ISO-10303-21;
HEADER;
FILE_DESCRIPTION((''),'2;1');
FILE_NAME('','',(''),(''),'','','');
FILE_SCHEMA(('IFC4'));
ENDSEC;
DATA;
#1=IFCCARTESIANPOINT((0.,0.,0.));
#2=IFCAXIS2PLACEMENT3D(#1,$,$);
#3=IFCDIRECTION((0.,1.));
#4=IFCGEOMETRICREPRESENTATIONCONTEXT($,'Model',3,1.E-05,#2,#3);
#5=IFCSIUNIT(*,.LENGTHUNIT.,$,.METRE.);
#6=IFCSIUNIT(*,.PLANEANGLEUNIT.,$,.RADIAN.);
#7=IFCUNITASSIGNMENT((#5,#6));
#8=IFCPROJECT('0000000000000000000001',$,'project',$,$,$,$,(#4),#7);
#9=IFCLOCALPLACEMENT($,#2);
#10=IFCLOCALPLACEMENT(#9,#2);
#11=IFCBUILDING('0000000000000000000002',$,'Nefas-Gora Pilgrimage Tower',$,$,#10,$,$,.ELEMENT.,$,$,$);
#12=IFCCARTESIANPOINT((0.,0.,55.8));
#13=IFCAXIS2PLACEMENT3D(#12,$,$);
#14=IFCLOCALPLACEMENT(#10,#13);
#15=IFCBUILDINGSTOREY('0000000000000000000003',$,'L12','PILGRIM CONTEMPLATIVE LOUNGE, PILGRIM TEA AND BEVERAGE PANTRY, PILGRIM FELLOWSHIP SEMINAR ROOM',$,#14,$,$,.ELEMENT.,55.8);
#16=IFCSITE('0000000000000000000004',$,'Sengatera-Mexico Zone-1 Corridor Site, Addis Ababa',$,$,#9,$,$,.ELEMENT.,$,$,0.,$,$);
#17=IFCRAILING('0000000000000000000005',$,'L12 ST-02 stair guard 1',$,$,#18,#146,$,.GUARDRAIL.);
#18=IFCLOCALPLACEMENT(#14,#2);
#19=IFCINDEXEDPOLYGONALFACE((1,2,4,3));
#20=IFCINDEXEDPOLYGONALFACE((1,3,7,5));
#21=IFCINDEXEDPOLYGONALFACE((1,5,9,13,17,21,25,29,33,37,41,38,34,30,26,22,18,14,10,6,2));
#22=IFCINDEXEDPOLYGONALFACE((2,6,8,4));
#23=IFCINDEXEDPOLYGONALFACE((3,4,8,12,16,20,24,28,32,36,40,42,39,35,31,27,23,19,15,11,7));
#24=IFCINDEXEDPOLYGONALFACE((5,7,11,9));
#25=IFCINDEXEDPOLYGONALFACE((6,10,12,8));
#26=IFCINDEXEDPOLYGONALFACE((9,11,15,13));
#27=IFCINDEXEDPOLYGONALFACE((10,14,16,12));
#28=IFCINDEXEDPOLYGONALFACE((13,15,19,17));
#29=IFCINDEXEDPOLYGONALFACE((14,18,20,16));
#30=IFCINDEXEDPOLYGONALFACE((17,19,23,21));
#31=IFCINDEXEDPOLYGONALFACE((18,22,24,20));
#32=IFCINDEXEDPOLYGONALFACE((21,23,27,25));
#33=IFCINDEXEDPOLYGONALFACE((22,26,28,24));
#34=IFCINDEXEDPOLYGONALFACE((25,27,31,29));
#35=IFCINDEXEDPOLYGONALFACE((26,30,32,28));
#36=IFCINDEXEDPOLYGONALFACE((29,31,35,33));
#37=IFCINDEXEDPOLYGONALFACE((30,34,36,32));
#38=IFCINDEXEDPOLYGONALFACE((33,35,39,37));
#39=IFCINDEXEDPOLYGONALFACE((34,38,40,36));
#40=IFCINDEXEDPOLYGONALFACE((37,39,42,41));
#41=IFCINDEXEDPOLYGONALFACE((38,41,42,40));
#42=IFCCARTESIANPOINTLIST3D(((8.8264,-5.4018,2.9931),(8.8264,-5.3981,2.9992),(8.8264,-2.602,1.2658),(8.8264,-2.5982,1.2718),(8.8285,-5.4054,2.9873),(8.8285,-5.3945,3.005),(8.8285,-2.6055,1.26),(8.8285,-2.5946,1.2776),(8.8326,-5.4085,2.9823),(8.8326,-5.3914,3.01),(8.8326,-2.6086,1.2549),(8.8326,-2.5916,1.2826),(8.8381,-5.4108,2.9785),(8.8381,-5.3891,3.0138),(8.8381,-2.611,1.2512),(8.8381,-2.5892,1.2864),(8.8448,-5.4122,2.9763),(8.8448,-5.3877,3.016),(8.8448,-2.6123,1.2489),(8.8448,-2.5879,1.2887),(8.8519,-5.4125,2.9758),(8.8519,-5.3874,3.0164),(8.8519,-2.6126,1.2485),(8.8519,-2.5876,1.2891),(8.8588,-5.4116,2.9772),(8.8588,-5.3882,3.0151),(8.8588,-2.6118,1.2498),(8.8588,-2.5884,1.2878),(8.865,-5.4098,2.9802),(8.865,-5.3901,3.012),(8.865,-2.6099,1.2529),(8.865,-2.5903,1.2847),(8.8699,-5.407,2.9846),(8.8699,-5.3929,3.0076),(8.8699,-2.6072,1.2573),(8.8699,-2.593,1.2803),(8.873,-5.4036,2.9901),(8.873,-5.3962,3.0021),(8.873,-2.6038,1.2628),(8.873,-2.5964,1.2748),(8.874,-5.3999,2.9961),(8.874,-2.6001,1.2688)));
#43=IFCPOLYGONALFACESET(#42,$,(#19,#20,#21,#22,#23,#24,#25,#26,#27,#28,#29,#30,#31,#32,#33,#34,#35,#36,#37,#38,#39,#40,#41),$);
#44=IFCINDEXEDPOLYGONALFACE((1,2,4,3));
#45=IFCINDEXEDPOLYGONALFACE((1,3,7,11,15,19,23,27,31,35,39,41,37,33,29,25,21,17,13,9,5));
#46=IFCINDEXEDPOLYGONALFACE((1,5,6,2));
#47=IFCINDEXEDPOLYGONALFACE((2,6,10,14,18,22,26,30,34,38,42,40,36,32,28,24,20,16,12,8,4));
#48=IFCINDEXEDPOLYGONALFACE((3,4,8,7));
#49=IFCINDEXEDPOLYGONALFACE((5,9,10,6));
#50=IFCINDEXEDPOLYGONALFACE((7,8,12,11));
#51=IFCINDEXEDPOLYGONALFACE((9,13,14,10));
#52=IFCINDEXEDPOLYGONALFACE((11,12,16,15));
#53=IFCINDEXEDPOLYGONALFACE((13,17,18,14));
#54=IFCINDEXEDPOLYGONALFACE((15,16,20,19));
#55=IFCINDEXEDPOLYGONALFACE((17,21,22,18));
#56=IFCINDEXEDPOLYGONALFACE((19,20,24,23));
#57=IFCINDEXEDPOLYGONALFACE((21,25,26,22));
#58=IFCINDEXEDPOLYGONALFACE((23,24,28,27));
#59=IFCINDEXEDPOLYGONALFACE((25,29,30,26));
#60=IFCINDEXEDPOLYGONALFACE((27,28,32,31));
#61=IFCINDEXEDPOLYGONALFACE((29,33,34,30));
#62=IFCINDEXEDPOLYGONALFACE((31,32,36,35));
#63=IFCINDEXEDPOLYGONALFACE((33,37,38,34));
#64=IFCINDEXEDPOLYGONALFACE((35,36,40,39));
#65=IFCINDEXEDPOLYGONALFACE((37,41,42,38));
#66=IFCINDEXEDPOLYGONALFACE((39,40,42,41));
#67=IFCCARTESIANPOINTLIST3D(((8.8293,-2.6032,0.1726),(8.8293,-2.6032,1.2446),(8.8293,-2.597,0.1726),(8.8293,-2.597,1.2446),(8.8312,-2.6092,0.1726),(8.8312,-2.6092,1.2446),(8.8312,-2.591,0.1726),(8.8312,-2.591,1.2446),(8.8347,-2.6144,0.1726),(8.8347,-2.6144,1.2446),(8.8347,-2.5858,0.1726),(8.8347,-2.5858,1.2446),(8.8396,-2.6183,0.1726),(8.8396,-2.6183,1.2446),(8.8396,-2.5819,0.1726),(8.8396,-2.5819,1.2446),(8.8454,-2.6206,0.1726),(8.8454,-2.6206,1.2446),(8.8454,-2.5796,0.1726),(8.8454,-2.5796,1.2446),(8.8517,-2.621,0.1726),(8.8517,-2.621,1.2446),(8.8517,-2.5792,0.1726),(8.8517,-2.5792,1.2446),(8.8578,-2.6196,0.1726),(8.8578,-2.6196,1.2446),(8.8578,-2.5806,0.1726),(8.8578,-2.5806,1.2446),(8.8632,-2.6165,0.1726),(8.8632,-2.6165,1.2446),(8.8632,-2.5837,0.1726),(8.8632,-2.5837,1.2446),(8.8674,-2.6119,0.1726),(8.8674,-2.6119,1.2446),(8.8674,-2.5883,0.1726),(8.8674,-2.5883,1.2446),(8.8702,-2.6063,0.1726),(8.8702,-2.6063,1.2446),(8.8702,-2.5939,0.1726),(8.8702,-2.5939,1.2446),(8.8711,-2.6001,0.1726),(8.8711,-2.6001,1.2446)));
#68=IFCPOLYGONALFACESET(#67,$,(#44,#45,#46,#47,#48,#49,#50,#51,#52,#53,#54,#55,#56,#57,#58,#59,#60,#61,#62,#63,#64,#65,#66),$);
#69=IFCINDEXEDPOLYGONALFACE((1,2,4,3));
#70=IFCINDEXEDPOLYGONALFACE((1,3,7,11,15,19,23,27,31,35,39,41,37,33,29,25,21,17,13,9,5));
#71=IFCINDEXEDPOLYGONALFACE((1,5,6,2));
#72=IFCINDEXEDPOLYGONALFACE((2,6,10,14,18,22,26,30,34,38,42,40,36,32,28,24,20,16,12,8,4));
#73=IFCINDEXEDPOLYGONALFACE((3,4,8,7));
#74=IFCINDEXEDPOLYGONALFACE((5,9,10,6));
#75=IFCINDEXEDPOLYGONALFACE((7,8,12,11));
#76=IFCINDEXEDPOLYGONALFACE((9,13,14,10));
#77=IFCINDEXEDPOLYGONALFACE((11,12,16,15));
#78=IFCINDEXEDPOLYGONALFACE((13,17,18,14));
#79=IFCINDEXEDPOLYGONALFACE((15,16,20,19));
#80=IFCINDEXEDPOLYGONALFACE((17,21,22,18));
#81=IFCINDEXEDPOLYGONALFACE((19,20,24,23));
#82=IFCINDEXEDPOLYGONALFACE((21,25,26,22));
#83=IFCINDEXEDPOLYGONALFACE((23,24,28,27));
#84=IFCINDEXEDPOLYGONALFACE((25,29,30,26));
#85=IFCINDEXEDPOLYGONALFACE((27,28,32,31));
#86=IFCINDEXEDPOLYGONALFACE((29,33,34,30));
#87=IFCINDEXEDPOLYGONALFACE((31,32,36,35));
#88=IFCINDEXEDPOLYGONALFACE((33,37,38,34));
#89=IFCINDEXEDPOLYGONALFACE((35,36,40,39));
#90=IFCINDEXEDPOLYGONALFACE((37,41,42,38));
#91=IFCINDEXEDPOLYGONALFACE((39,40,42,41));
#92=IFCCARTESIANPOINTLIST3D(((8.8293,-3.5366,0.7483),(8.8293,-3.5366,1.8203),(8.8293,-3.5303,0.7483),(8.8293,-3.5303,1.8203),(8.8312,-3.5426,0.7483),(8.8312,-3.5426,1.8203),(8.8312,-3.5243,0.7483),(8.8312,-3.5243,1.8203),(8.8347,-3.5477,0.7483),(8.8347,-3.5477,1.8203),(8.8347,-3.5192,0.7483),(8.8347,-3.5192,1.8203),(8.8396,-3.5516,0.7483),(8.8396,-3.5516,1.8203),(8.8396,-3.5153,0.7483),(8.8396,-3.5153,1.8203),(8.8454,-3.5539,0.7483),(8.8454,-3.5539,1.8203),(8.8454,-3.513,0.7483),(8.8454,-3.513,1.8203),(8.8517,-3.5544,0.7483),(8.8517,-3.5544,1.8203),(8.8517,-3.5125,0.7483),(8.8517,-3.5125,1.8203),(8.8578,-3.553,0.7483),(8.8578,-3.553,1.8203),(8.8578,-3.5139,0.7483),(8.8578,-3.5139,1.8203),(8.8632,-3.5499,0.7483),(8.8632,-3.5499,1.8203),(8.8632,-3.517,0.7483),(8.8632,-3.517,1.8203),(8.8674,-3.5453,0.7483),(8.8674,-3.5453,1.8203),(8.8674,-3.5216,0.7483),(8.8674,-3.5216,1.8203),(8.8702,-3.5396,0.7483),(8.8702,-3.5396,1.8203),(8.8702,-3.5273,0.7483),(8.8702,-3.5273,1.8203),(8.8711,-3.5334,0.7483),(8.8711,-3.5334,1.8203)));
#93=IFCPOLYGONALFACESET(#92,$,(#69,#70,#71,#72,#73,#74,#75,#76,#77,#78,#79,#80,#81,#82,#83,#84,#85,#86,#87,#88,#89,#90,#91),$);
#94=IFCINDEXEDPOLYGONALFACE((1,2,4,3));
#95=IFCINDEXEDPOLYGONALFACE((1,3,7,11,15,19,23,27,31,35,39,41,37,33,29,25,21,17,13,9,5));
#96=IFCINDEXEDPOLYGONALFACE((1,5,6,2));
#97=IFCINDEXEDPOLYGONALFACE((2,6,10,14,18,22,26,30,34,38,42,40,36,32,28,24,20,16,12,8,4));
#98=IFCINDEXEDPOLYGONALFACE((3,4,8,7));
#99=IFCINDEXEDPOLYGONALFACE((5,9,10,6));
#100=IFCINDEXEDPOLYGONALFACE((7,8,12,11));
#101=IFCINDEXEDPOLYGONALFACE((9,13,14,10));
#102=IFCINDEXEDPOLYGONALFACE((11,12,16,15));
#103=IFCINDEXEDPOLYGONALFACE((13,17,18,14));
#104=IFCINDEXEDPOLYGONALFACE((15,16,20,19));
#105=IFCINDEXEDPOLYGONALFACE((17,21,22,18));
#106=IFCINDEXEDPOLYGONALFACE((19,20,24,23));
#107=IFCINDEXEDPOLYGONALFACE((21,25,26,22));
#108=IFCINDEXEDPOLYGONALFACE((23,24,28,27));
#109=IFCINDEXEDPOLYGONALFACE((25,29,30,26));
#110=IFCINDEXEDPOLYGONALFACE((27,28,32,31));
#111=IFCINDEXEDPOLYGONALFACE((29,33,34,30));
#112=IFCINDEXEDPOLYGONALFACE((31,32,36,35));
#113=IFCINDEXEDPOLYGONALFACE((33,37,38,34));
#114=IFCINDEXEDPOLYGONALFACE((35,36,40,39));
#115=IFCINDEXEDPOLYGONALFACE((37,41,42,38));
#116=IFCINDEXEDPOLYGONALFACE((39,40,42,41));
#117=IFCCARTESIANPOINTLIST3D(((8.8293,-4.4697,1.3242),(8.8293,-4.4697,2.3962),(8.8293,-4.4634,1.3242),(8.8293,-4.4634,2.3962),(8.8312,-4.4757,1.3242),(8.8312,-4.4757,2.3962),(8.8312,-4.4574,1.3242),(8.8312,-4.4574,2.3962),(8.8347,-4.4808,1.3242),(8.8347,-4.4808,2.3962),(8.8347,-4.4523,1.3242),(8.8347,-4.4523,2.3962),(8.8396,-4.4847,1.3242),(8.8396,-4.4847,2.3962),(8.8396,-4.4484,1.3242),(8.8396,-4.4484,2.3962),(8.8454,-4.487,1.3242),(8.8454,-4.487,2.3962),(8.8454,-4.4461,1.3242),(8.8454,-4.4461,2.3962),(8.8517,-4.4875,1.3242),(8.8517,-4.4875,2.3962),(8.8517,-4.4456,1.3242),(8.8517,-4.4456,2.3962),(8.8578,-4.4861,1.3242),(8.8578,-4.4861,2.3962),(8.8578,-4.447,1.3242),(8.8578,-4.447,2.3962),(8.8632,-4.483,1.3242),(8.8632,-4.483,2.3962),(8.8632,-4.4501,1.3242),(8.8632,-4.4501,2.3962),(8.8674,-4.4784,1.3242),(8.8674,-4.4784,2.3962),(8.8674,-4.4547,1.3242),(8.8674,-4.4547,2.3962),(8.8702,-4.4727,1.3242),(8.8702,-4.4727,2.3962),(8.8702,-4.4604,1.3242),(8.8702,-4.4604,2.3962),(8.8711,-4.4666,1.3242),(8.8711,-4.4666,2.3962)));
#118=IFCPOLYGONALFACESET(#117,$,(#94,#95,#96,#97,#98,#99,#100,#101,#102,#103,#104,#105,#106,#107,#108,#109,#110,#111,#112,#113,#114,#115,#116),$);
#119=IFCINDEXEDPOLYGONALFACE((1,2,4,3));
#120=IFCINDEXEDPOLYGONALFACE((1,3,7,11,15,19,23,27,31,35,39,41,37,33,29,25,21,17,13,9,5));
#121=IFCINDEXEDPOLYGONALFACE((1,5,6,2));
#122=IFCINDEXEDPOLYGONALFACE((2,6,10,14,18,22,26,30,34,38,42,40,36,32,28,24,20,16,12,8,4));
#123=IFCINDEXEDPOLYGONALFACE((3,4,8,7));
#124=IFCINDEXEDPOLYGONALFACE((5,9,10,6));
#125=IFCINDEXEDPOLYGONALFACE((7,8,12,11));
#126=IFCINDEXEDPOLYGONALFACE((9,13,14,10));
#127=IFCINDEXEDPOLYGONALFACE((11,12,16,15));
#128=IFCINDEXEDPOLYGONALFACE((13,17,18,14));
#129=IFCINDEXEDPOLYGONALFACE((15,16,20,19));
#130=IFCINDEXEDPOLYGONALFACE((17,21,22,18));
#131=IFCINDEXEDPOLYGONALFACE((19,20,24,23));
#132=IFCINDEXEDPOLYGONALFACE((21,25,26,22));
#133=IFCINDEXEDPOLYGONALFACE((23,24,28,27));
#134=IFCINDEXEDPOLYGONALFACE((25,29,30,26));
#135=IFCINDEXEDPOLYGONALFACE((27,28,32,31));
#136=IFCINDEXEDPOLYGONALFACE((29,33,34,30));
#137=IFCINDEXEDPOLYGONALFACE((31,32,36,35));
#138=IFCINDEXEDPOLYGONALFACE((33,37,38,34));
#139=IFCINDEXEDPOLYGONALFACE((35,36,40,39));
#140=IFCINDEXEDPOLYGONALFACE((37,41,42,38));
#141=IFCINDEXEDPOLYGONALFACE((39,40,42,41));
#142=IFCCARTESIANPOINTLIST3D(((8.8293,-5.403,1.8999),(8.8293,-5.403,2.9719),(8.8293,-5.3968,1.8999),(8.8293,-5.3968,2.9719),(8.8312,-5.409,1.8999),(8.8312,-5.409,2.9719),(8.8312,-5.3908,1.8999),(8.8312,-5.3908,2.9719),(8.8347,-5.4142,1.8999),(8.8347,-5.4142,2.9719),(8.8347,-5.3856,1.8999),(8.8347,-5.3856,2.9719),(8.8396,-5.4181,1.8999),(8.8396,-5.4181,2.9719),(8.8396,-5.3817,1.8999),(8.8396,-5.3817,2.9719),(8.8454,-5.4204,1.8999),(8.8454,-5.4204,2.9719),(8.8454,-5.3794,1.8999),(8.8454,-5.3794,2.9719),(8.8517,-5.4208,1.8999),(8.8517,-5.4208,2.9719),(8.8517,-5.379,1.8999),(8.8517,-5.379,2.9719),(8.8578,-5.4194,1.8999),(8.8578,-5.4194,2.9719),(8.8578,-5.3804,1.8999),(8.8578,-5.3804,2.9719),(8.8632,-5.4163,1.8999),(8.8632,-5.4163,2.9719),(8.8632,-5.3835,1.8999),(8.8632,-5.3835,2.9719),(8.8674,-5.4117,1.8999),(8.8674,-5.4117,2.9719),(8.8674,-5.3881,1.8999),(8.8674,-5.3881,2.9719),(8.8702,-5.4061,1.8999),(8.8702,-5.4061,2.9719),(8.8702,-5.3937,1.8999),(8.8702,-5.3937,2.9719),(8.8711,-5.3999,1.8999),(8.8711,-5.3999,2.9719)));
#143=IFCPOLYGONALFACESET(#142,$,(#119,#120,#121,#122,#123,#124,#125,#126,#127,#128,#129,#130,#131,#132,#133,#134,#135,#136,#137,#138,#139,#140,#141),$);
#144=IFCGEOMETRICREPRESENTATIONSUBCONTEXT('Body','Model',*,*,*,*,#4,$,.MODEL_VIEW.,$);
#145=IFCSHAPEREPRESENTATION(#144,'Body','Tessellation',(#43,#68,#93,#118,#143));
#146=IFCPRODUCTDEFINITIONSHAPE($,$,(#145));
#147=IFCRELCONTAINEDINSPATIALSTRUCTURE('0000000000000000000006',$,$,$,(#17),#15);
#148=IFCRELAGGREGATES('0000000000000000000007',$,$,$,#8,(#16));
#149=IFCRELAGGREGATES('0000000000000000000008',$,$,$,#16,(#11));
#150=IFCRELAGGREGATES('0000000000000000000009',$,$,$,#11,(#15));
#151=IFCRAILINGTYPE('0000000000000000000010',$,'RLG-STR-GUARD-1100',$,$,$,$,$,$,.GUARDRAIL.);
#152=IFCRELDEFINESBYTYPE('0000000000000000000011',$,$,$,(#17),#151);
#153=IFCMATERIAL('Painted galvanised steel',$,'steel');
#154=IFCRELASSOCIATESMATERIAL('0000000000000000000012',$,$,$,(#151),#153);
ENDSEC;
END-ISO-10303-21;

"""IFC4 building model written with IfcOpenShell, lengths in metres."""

from ifc_helpers import new_model, si_unit, direction, frame, origin, origin_2d, place, context, subcontext, project, spatial, circle, extrude, material, type_object, element, save


model = new_model("IFC4")

# Units and contexts
model_context = context("Model", 3, precision=1e-05, world=origin(), true_north=direction((0.0, 1.0)))
body_context = subcontext(model_context, "Body", "Model", "MODEL_VIEW")
ifc_project = project(units=[si_unit("LENGTHUNIT", "METRE"), si_unit("PLANEANGLEUNIT", "RADIAN")], contexts=[model_context])

# Site, building, storey
site_placement = place(None, origin())
site = spatial("IfcSite", under=ifc_project, at=site_placement, Name="Sengatera-Mexico Zone-1 Corridor Site, Addis Ababa", CompositionType="ELEMENT", RefElevation=0.0)
building_placement = place(site_placement, origin())
building = spatial("IfcBuilding", under=site, at=building_placement, Name="Nefas-Gora Pilgrimage Tower", CompositionType="ELEMENT")
storey_placement = place(building_placement, frame((0.0, 0.0, 55.8)))
storey = spatial("IfcBuildingStorey", under=building, at=storey_placement, Name="L12", Description="PILGRIM CONTEMPLATIVE LOUNGE, PILGRIM TEA AND BEVERAGE PANTRY, PILGRIM FELLOWSHIP SEMINAR ROOM", CompositionType="ELEMENT", Elevation=55.8)

# Railing
ifc_material_1 = material(Name="Painted galvanised steel", Category="steel")
railing_type_1 = type_object("IfcRailingType", Name="RLG-STR-GUARD-1100", PredefinedType="GUARDRAIL", material=ifc_material_1)
railing_1_placement = place(storey_placement, frame((8.8501, -2.6001, 0.1726)))
element("IfcRailing", 1, at=railing_1_placement, inside=storey, type_object=railing_type_1, Name="L12 ST-02 stair guard 1", PredefinedType="GUARDRAIL", context=body_context, shape_type="SweptSolid", body=[
    extrude(circle(Radius=0.0239, at=origin_2d()), frame((0.0, 0.0, 1.0962), z_axis=(0.0, -0.851069, 0.525054), x_axis=(1.0, 0.0, 0.0)), (0.0, 0.0, 1.0), 3.2898),
    extrude(circle(Radius=0.021, at=origin_2d()), origin(), (0.0, 0.0, 1.0), 1.072),
    extrude(circle(Radius=0.021, at=origin_2d()), frame((0.0, -0.9333, 0.5757)), (0.0, 0.0, 1.0), 1.072),
    extrude(circle(Radius=0.021, at=origin_2d()), frame((0.0, -1.8665, 1.1516)), (0.0, 0.0, 1.0), 1.072),
    extrude(circle(Radius=0.021, at=origin_2d()), frame((0.0, -2.7998, 1.7273)), (0.0, 0.0, 1.0), 1.072),
])

save(model, "model.ifc")
